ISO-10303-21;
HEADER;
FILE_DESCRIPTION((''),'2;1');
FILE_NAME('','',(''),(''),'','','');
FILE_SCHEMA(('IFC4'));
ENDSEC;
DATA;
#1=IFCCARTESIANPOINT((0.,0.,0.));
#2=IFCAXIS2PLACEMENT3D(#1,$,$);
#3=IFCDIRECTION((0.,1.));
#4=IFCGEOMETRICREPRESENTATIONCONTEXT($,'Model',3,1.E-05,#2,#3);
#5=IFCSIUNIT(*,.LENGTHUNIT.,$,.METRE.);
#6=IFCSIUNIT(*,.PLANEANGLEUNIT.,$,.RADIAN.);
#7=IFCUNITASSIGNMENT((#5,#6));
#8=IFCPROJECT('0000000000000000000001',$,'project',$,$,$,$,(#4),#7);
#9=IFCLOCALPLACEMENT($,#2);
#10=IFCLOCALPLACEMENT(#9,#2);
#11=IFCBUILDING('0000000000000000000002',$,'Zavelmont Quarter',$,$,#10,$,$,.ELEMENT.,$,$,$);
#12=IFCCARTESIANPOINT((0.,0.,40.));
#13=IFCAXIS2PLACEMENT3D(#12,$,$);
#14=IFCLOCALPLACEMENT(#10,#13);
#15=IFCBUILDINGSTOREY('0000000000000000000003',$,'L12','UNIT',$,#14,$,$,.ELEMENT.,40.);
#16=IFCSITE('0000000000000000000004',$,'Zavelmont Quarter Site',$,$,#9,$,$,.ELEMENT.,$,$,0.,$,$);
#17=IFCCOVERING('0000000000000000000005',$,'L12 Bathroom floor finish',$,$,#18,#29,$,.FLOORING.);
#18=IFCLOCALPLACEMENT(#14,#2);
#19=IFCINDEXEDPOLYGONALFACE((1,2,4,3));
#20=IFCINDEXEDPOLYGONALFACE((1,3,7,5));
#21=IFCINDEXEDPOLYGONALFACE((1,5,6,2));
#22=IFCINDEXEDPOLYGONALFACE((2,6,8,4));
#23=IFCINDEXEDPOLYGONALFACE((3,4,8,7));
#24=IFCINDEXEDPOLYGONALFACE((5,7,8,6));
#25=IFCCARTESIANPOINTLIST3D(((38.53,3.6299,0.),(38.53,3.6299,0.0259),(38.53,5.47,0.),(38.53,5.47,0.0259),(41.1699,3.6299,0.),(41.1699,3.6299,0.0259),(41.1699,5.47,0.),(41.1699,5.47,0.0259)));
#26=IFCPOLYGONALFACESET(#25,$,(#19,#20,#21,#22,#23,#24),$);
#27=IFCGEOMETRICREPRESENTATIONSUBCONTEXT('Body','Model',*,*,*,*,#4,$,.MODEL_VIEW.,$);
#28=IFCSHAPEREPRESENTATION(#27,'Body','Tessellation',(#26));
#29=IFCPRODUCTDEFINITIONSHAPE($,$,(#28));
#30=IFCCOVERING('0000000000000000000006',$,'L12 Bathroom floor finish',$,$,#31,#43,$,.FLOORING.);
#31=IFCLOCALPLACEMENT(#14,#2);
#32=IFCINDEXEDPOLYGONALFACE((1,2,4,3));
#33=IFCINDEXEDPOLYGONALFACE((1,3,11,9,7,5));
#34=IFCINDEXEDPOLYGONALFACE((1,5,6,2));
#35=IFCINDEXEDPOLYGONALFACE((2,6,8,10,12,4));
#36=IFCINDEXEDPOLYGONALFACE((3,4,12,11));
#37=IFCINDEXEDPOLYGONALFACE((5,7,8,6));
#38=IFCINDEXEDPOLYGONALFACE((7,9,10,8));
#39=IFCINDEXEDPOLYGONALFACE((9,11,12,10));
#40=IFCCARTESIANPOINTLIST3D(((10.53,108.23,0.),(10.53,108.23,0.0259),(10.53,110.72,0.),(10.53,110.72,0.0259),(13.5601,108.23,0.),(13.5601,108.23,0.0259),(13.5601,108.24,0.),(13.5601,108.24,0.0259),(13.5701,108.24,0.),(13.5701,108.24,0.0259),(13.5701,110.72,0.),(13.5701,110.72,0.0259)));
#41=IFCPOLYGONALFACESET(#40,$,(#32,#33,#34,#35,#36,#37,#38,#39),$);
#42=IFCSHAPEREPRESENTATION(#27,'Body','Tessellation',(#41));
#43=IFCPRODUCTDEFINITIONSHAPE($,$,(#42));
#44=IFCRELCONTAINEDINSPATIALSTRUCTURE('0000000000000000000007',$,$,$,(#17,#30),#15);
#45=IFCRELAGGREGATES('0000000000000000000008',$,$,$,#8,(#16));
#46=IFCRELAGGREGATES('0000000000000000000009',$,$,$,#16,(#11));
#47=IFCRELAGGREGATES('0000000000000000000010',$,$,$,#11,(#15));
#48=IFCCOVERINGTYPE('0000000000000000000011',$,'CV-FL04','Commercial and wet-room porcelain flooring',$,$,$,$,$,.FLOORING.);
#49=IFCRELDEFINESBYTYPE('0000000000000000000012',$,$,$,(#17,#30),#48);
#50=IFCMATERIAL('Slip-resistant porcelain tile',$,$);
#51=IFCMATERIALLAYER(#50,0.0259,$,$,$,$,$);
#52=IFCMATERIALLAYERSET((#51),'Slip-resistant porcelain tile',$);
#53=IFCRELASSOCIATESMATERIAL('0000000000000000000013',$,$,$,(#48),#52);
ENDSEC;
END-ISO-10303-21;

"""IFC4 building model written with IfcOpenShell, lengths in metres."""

from ifc_helpers import new_model, si_unit, direction, frame, origin, place, context, subcontext, project, spatial, polyline, outline, extrude, material, layer, layer_set, type_object, element, save


model = new_model("IFC4")

# Units and contexts
model_context = context("Model", 3, precision=1e-05, world=origin(), true_north=direction((0.0, 1.0)))
body_context = subcontext(model_context, "Body", "Model", "MODEL_VIEW")
ifc_project = project(units=[si_unit("LENGTHUNIT", "METRE"), si_unit("PLANEANGLEUNIT", "RADIAN")], contexts=[model_context])

# Site, building, storey
site_placement = place(None, origin())
site = spatial("IfcSite", under=ifc_project, at=site_placement, Name="Zavelmont Quarter Site", CompositionType="ELEMENT", RefElevation=0.0)
building_placement = place(site_placement, origin())
building = spatial("IfcBuilding", under=site, at=building_placement, Name="Zavelmont Quarter", CompositionType="ELEMENT")
storey_placement = place(building_placement, frame((0.0, 0.0, 40.0)))
storey = spatial("IfcBuildingStorey", under=building, at=storey_placement, Name="L12", Description="UNIT", CompositionType="ELEMENT", Elevation=40.0)

# Coverings
ifc_material_1 = material(Name="Slip-resistant porcelain tile")
ifc_layer_1 = layer(ifc_material_1, 0.0259)
ifc_layer_set_1 = layer_set([ifc_layer_1], Name="Slip-resistant porcelain tile")
covering_type_1 = type_object("IfcCoveringType", Name="CV-FL04", Description="Commercial and wet-room porcelain flooring", PredefinedType="FLOORING", material=ifc_layer_set_1)
covering_1_placement = place(storey_placement, origin())
element("IfcCovering", 1, at=covering_1_placement, inside=storey, type_object=covering_type_1, Name="L12 Bathroom floor finish", PredefinedType="FLOORING", context=body_context, shape_type="SweptSolid", body=[
    extrude(outline(polyline([(38.53, 5.47), (41.1699, 5.47), (41.1699, 3.6299), (38.53, 3.6299), (38.53, 5.47)])), origin(), (0.0, 0.0, 1.0), 0.0259),
])
covering_2_placement = place(storey_placement, origin())
element("IfcCovering", 2, at=covering_2_placement, inside=storey, type_object=covering_type_1, Name="L12 Bathroom floor finish", PredefinedType="FLOORING", context=body_context, shape_type="SweptSolid", body=[
    extrude(outline(polyline([(10.53, 110.72), (13.5701, 110.72), (13.5701, 108.24), (13.5601, 108.24), (13.5601, 108.23), (10.53, 108.23), (10.53, 110.72)])), origin(), (0.0, 0.0, 1.0), 0.0259),
])

save(model, "model.ifc")
